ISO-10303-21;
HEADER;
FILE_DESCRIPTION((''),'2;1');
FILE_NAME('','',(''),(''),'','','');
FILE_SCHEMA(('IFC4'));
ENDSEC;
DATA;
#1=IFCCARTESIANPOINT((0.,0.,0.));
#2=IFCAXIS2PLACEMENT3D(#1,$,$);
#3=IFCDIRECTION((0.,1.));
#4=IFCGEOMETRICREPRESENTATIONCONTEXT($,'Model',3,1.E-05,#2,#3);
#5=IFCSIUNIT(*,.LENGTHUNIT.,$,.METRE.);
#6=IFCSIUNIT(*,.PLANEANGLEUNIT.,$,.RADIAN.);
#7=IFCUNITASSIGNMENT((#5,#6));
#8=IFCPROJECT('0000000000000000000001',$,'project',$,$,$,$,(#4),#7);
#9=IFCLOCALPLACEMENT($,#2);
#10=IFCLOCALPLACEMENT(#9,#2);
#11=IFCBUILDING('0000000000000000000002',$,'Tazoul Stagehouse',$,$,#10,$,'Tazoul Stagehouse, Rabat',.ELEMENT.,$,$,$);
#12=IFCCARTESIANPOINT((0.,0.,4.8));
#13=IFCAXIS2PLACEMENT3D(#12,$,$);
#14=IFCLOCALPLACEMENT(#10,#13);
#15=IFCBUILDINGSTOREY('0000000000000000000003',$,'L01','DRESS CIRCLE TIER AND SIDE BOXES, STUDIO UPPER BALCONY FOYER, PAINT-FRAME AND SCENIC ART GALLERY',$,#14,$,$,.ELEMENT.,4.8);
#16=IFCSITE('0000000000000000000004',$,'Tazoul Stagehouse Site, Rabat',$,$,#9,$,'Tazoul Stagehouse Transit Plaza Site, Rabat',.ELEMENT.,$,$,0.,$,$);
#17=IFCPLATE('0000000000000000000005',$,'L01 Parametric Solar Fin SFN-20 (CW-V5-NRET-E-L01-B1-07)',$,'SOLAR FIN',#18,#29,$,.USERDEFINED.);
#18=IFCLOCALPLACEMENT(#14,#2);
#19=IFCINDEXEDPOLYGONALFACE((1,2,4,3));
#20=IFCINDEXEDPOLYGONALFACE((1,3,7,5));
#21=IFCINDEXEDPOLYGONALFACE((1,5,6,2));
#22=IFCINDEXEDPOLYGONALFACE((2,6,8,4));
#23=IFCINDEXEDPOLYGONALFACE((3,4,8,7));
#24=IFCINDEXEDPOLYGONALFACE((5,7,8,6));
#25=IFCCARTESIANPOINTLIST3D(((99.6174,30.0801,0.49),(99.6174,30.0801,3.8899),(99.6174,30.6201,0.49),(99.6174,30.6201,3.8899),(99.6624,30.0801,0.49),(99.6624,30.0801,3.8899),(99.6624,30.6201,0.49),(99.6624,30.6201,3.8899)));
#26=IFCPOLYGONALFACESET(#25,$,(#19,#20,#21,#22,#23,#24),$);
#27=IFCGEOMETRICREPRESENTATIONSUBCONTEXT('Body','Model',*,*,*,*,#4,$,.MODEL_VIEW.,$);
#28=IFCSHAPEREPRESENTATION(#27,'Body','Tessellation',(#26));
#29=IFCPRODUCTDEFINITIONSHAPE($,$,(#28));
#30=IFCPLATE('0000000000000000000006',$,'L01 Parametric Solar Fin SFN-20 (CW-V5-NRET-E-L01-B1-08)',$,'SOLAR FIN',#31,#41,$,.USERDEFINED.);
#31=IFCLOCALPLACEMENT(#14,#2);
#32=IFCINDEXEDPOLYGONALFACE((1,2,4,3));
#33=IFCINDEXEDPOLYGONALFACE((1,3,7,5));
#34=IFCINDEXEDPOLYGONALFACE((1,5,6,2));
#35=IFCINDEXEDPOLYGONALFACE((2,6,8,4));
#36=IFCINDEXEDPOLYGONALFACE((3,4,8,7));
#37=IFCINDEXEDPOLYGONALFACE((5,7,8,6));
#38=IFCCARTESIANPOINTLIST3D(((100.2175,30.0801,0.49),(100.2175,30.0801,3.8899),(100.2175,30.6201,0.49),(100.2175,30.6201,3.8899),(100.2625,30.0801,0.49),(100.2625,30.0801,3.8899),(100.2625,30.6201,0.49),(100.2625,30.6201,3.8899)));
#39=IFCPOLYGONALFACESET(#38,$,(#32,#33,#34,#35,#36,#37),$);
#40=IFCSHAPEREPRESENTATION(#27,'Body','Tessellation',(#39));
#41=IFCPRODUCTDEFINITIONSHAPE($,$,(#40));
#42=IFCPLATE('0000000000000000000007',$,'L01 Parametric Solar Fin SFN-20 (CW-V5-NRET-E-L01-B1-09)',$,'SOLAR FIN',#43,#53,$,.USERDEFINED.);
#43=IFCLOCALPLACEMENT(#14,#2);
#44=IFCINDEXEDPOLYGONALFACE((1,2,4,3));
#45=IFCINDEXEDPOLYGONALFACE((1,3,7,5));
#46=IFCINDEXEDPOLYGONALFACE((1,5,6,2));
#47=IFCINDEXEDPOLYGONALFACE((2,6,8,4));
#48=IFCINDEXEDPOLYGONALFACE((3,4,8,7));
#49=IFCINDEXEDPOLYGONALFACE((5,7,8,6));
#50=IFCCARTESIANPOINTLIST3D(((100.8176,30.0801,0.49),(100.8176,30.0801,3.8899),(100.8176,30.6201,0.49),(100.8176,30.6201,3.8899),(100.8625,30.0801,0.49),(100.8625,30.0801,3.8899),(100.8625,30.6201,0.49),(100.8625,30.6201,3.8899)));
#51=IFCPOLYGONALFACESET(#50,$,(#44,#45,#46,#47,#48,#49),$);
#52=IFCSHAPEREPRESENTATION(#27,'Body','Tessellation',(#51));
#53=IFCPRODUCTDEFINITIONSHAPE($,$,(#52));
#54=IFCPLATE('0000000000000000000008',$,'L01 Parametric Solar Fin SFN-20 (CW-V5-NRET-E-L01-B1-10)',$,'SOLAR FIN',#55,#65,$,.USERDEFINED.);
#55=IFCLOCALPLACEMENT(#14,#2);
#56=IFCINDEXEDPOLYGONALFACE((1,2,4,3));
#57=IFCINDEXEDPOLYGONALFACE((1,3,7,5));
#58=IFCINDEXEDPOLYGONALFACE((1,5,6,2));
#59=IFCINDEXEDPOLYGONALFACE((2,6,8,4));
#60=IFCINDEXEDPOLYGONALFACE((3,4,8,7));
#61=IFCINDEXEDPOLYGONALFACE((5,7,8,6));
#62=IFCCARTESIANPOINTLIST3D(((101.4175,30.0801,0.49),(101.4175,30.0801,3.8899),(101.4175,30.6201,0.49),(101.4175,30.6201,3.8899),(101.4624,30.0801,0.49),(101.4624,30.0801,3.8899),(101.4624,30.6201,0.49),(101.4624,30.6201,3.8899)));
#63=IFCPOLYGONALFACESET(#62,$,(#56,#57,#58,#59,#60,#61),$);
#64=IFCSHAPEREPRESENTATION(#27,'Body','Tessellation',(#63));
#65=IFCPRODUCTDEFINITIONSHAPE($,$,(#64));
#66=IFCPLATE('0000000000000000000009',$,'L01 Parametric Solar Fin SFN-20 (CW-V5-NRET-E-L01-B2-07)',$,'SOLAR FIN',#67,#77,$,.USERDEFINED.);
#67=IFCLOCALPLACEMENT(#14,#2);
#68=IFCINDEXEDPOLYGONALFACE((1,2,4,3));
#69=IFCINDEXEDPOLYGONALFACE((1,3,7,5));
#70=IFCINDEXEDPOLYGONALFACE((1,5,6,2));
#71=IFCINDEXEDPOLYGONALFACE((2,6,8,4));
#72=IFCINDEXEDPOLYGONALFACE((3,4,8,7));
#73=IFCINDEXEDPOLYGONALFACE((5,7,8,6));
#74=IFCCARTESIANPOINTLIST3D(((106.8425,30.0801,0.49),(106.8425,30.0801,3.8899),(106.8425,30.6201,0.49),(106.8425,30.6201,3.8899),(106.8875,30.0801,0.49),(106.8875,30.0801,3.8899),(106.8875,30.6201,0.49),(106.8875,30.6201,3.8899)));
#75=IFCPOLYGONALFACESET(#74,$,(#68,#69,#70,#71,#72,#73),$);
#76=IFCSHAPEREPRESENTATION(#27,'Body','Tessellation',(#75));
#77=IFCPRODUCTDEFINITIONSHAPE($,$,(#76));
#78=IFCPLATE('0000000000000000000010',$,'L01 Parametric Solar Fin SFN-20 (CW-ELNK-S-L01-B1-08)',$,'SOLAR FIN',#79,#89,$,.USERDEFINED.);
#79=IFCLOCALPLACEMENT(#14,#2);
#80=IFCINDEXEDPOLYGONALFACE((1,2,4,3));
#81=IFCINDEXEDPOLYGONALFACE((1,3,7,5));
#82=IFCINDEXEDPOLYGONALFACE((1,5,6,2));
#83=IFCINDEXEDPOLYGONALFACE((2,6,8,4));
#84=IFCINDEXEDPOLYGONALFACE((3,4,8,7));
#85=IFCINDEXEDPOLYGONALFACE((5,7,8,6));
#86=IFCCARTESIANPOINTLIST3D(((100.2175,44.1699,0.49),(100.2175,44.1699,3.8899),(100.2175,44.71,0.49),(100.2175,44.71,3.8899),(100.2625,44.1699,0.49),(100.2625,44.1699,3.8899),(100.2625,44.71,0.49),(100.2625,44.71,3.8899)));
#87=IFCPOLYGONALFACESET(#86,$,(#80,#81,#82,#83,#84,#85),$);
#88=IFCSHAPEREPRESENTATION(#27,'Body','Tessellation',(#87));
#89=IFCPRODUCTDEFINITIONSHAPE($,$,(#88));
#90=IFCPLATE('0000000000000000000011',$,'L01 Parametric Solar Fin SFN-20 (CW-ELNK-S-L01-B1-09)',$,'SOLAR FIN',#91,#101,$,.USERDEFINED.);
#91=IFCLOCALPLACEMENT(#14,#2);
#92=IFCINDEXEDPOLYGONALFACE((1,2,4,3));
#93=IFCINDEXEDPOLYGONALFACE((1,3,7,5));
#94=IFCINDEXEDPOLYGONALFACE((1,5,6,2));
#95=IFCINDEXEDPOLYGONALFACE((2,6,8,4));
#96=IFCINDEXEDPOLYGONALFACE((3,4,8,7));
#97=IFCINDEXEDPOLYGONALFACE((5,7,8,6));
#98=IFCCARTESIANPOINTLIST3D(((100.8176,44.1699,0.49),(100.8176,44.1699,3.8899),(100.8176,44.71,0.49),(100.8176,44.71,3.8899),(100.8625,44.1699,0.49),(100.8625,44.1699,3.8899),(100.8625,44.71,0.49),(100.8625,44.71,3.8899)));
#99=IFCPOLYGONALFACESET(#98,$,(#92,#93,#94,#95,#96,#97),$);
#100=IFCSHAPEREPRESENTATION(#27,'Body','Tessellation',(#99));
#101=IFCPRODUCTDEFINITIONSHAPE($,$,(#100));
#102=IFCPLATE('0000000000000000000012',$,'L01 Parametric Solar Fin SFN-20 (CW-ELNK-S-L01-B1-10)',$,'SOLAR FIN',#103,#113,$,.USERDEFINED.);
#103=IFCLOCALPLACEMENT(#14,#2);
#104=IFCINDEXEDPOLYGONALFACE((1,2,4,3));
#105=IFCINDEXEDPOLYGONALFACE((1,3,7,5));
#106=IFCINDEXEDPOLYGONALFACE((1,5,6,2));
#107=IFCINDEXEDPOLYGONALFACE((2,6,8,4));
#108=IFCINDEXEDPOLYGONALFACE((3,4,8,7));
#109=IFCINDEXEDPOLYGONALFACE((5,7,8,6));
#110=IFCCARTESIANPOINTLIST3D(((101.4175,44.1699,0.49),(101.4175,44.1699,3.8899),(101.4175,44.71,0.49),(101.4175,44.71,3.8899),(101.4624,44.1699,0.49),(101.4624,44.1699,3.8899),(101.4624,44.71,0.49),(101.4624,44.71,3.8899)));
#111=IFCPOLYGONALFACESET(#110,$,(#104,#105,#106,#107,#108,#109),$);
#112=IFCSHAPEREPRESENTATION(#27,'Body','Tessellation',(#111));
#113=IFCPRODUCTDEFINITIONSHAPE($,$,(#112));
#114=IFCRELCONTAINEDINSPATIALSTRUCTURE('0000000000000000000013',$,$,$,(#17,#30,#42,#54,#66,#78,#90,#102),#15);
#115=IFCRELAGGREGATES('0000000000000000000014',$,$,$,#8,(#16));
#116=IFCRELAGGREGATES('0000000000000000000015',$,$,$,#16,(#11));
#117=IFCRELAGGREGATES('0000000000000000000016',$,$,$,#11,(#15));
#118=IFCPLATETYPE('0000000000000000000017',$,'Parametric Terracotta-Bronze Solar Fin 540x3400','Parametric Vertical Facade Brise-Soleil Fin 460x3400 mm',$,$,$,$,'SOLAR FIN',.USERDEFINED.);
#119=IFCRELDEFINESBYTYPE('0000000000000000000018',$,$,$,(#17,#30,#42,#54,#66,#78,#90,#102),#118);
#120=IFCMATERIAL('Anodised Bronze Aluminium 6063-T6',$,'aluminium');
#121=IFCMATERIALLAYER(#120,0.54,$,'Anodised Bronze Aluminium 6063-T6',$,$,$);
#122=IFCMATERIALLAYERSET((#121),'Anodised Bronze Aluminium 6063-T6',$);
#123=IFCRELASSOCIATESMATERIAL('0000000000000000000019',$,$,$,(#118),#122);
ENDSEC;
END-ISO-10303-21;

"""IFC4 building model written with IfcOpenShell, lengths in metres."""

from ifc_helpers import new_model, si_unit, direction, frame, origin, origin_2d, place, context, subcontext, project, spatial, rectangle, extrude, material, layer, layer_set, type_object, element, save


model = new_model("IFC4")

# Units and contexts
model_context = context("Model", 3, precision=1e-05, world=origin(), true_north=direction((0.0, 1.0)))
body_context = subcontext(model_context, "Body", "Model", "MODEL_VIEW")
ifc_project = project(units=[si_unit("LENGTHUNIT", "METRE"), si_unit("PLANEANGLEUNIT", "RADIAN")], contexts=[model_context])

# Site, building, storey
site_placement = place(None, origin())
site = spatial("IfcSite", under=ifc_project, at=site_placement, Name="Tazoul Stagehouse Site, Rabat", LongName="Tazoul Stagehouse Transit Plaza Site, Rabat", CompositionType="ELEMENT", RefElevation=0.0)
building_placement = place(site_placement, origin())
building = spatial("IfcBuilding", under=site, at=building_placement, Name="Tazoul Stagehouse", LongName="Tazoul Stagehouse, Rabat", CompositionType="ELEMENT")
storey_placement = place(building_placement, frame((0.0, 0.0, 4.8)))
storey = spatial("IfcBuildingStorey", under=building, at=storey_placement, Name="L01", Description="DRESS CIRCLE TIER AND SIDE BOXES, STUDIO UPPER BALCONY FOYER, PAINT-FRAME AND SCENIC ART GALLERY", CompositionType="ELEMENT", Elevation=4.8)

# Plates
ifc_material_1 = material(Name="Anodised Bronze Aluminium 6063-T6", Category="aluminium")
ifc_layer_1 = layer(ifc_material_1, 0.54, Name="Anodised Bronze Aluminium 6063-T6")
ifc_layer_set_1 = layer_set([ifc_layer_1], Name="Anodised Bronze Aluminium 6063-T6")
plate_type_1 = type_object("IfcPlateType", Name="Parametric Terracotta-Bronze Solar Fin 540x3400", Description="Parametric Vertical Facade Brise-Soleil Fin 460x3400 mm", ElementType="SOLAR FIN", PredefinedType="USERDEFINED", material=ifc_layer_set_1)
for number, where, z_axis, x_axis, name in (
    (1, (99.6399, 30.3501, 0.49), (0.0, 0.0, 1.0), (1.0, 0.0, 0.0), "L01 Parametric Solar Fin SFN-20 (CW-V5-NRET-E-L01-B1-07)"),
    (2, (100.24, 30.3501, 0.49), (0.0, 0.0, 1.0), (1.0, 0.0, 0.0), "L01 Parametric Solar Fin SFN-20 (CW-V5-NRET-E-L01-B1-08)"),
    (3, (100.8401, 30.3501, 0.49), (0.0, 0.0, 1.0), (1.0, 0.0, 0.0), "L01 Parametric Solar Fin SFN-20 (CW-V5-NRET-E-L01-B1-09)"),
    (4, (101.4399, 30.3501, 0.49), (0.0, 0.0, 1.0), (1.0, 0.0, 0.0), "L01 Parametric Solar Fin SFN-20 (CW-V5-NRET-E-L01-B1-10)"),
    (5, (106.865, 30.3501, 0.49), (0.0, 0.0, 1.0), (1.0, 0.0, 0.0), "L01 Parametric Solar Fin SFN-20 (CW-V5-NRET-E-L01-B2-07)"),
    (6, (100.24, 44.4399, 0.49), (0.0, 0.0, 1.0), (1.0, 0.0, 0.0), "L01 Parametric Solar Fin SFN-20 (CW-ELNK-S-L01-B1-08)"),
    (7, (100.8401, 44.4399, 0.49), (0.0, 0.0, 1.0), (1.0, 0.0, 0.0), "L01 Parametric Solar Fin SFN-20 (CW-ELNK-S-L01-B1-09)"),
    (8, (101.4399, 44.4399, 0.49), (0.0, 0.0, 1.0), (1.0, 0.0, 0.0), "L01 Parametric Solar Fin SFN-20 (CW-ELNK-S-L01-B1-10)"),
):
    element("IfcPlate", number, at=place(storey_placement, frame(where, z_axis=z_axis, x_axis=x_axis)), inside=storey, type_object=plate_type_1, Name=name, ObjectType="SOLAR FIN", PredefinedType="USERDEFINED", context=body_context, shape_type="SweptSolid", body=[
        extrude(rectangle(XDim=0.0449, YDim=0.54, at=origin_2d()), origin(), (0.0, 0.0, 1.0), 3.3999),
    ])

save(model, "model.ifc")
